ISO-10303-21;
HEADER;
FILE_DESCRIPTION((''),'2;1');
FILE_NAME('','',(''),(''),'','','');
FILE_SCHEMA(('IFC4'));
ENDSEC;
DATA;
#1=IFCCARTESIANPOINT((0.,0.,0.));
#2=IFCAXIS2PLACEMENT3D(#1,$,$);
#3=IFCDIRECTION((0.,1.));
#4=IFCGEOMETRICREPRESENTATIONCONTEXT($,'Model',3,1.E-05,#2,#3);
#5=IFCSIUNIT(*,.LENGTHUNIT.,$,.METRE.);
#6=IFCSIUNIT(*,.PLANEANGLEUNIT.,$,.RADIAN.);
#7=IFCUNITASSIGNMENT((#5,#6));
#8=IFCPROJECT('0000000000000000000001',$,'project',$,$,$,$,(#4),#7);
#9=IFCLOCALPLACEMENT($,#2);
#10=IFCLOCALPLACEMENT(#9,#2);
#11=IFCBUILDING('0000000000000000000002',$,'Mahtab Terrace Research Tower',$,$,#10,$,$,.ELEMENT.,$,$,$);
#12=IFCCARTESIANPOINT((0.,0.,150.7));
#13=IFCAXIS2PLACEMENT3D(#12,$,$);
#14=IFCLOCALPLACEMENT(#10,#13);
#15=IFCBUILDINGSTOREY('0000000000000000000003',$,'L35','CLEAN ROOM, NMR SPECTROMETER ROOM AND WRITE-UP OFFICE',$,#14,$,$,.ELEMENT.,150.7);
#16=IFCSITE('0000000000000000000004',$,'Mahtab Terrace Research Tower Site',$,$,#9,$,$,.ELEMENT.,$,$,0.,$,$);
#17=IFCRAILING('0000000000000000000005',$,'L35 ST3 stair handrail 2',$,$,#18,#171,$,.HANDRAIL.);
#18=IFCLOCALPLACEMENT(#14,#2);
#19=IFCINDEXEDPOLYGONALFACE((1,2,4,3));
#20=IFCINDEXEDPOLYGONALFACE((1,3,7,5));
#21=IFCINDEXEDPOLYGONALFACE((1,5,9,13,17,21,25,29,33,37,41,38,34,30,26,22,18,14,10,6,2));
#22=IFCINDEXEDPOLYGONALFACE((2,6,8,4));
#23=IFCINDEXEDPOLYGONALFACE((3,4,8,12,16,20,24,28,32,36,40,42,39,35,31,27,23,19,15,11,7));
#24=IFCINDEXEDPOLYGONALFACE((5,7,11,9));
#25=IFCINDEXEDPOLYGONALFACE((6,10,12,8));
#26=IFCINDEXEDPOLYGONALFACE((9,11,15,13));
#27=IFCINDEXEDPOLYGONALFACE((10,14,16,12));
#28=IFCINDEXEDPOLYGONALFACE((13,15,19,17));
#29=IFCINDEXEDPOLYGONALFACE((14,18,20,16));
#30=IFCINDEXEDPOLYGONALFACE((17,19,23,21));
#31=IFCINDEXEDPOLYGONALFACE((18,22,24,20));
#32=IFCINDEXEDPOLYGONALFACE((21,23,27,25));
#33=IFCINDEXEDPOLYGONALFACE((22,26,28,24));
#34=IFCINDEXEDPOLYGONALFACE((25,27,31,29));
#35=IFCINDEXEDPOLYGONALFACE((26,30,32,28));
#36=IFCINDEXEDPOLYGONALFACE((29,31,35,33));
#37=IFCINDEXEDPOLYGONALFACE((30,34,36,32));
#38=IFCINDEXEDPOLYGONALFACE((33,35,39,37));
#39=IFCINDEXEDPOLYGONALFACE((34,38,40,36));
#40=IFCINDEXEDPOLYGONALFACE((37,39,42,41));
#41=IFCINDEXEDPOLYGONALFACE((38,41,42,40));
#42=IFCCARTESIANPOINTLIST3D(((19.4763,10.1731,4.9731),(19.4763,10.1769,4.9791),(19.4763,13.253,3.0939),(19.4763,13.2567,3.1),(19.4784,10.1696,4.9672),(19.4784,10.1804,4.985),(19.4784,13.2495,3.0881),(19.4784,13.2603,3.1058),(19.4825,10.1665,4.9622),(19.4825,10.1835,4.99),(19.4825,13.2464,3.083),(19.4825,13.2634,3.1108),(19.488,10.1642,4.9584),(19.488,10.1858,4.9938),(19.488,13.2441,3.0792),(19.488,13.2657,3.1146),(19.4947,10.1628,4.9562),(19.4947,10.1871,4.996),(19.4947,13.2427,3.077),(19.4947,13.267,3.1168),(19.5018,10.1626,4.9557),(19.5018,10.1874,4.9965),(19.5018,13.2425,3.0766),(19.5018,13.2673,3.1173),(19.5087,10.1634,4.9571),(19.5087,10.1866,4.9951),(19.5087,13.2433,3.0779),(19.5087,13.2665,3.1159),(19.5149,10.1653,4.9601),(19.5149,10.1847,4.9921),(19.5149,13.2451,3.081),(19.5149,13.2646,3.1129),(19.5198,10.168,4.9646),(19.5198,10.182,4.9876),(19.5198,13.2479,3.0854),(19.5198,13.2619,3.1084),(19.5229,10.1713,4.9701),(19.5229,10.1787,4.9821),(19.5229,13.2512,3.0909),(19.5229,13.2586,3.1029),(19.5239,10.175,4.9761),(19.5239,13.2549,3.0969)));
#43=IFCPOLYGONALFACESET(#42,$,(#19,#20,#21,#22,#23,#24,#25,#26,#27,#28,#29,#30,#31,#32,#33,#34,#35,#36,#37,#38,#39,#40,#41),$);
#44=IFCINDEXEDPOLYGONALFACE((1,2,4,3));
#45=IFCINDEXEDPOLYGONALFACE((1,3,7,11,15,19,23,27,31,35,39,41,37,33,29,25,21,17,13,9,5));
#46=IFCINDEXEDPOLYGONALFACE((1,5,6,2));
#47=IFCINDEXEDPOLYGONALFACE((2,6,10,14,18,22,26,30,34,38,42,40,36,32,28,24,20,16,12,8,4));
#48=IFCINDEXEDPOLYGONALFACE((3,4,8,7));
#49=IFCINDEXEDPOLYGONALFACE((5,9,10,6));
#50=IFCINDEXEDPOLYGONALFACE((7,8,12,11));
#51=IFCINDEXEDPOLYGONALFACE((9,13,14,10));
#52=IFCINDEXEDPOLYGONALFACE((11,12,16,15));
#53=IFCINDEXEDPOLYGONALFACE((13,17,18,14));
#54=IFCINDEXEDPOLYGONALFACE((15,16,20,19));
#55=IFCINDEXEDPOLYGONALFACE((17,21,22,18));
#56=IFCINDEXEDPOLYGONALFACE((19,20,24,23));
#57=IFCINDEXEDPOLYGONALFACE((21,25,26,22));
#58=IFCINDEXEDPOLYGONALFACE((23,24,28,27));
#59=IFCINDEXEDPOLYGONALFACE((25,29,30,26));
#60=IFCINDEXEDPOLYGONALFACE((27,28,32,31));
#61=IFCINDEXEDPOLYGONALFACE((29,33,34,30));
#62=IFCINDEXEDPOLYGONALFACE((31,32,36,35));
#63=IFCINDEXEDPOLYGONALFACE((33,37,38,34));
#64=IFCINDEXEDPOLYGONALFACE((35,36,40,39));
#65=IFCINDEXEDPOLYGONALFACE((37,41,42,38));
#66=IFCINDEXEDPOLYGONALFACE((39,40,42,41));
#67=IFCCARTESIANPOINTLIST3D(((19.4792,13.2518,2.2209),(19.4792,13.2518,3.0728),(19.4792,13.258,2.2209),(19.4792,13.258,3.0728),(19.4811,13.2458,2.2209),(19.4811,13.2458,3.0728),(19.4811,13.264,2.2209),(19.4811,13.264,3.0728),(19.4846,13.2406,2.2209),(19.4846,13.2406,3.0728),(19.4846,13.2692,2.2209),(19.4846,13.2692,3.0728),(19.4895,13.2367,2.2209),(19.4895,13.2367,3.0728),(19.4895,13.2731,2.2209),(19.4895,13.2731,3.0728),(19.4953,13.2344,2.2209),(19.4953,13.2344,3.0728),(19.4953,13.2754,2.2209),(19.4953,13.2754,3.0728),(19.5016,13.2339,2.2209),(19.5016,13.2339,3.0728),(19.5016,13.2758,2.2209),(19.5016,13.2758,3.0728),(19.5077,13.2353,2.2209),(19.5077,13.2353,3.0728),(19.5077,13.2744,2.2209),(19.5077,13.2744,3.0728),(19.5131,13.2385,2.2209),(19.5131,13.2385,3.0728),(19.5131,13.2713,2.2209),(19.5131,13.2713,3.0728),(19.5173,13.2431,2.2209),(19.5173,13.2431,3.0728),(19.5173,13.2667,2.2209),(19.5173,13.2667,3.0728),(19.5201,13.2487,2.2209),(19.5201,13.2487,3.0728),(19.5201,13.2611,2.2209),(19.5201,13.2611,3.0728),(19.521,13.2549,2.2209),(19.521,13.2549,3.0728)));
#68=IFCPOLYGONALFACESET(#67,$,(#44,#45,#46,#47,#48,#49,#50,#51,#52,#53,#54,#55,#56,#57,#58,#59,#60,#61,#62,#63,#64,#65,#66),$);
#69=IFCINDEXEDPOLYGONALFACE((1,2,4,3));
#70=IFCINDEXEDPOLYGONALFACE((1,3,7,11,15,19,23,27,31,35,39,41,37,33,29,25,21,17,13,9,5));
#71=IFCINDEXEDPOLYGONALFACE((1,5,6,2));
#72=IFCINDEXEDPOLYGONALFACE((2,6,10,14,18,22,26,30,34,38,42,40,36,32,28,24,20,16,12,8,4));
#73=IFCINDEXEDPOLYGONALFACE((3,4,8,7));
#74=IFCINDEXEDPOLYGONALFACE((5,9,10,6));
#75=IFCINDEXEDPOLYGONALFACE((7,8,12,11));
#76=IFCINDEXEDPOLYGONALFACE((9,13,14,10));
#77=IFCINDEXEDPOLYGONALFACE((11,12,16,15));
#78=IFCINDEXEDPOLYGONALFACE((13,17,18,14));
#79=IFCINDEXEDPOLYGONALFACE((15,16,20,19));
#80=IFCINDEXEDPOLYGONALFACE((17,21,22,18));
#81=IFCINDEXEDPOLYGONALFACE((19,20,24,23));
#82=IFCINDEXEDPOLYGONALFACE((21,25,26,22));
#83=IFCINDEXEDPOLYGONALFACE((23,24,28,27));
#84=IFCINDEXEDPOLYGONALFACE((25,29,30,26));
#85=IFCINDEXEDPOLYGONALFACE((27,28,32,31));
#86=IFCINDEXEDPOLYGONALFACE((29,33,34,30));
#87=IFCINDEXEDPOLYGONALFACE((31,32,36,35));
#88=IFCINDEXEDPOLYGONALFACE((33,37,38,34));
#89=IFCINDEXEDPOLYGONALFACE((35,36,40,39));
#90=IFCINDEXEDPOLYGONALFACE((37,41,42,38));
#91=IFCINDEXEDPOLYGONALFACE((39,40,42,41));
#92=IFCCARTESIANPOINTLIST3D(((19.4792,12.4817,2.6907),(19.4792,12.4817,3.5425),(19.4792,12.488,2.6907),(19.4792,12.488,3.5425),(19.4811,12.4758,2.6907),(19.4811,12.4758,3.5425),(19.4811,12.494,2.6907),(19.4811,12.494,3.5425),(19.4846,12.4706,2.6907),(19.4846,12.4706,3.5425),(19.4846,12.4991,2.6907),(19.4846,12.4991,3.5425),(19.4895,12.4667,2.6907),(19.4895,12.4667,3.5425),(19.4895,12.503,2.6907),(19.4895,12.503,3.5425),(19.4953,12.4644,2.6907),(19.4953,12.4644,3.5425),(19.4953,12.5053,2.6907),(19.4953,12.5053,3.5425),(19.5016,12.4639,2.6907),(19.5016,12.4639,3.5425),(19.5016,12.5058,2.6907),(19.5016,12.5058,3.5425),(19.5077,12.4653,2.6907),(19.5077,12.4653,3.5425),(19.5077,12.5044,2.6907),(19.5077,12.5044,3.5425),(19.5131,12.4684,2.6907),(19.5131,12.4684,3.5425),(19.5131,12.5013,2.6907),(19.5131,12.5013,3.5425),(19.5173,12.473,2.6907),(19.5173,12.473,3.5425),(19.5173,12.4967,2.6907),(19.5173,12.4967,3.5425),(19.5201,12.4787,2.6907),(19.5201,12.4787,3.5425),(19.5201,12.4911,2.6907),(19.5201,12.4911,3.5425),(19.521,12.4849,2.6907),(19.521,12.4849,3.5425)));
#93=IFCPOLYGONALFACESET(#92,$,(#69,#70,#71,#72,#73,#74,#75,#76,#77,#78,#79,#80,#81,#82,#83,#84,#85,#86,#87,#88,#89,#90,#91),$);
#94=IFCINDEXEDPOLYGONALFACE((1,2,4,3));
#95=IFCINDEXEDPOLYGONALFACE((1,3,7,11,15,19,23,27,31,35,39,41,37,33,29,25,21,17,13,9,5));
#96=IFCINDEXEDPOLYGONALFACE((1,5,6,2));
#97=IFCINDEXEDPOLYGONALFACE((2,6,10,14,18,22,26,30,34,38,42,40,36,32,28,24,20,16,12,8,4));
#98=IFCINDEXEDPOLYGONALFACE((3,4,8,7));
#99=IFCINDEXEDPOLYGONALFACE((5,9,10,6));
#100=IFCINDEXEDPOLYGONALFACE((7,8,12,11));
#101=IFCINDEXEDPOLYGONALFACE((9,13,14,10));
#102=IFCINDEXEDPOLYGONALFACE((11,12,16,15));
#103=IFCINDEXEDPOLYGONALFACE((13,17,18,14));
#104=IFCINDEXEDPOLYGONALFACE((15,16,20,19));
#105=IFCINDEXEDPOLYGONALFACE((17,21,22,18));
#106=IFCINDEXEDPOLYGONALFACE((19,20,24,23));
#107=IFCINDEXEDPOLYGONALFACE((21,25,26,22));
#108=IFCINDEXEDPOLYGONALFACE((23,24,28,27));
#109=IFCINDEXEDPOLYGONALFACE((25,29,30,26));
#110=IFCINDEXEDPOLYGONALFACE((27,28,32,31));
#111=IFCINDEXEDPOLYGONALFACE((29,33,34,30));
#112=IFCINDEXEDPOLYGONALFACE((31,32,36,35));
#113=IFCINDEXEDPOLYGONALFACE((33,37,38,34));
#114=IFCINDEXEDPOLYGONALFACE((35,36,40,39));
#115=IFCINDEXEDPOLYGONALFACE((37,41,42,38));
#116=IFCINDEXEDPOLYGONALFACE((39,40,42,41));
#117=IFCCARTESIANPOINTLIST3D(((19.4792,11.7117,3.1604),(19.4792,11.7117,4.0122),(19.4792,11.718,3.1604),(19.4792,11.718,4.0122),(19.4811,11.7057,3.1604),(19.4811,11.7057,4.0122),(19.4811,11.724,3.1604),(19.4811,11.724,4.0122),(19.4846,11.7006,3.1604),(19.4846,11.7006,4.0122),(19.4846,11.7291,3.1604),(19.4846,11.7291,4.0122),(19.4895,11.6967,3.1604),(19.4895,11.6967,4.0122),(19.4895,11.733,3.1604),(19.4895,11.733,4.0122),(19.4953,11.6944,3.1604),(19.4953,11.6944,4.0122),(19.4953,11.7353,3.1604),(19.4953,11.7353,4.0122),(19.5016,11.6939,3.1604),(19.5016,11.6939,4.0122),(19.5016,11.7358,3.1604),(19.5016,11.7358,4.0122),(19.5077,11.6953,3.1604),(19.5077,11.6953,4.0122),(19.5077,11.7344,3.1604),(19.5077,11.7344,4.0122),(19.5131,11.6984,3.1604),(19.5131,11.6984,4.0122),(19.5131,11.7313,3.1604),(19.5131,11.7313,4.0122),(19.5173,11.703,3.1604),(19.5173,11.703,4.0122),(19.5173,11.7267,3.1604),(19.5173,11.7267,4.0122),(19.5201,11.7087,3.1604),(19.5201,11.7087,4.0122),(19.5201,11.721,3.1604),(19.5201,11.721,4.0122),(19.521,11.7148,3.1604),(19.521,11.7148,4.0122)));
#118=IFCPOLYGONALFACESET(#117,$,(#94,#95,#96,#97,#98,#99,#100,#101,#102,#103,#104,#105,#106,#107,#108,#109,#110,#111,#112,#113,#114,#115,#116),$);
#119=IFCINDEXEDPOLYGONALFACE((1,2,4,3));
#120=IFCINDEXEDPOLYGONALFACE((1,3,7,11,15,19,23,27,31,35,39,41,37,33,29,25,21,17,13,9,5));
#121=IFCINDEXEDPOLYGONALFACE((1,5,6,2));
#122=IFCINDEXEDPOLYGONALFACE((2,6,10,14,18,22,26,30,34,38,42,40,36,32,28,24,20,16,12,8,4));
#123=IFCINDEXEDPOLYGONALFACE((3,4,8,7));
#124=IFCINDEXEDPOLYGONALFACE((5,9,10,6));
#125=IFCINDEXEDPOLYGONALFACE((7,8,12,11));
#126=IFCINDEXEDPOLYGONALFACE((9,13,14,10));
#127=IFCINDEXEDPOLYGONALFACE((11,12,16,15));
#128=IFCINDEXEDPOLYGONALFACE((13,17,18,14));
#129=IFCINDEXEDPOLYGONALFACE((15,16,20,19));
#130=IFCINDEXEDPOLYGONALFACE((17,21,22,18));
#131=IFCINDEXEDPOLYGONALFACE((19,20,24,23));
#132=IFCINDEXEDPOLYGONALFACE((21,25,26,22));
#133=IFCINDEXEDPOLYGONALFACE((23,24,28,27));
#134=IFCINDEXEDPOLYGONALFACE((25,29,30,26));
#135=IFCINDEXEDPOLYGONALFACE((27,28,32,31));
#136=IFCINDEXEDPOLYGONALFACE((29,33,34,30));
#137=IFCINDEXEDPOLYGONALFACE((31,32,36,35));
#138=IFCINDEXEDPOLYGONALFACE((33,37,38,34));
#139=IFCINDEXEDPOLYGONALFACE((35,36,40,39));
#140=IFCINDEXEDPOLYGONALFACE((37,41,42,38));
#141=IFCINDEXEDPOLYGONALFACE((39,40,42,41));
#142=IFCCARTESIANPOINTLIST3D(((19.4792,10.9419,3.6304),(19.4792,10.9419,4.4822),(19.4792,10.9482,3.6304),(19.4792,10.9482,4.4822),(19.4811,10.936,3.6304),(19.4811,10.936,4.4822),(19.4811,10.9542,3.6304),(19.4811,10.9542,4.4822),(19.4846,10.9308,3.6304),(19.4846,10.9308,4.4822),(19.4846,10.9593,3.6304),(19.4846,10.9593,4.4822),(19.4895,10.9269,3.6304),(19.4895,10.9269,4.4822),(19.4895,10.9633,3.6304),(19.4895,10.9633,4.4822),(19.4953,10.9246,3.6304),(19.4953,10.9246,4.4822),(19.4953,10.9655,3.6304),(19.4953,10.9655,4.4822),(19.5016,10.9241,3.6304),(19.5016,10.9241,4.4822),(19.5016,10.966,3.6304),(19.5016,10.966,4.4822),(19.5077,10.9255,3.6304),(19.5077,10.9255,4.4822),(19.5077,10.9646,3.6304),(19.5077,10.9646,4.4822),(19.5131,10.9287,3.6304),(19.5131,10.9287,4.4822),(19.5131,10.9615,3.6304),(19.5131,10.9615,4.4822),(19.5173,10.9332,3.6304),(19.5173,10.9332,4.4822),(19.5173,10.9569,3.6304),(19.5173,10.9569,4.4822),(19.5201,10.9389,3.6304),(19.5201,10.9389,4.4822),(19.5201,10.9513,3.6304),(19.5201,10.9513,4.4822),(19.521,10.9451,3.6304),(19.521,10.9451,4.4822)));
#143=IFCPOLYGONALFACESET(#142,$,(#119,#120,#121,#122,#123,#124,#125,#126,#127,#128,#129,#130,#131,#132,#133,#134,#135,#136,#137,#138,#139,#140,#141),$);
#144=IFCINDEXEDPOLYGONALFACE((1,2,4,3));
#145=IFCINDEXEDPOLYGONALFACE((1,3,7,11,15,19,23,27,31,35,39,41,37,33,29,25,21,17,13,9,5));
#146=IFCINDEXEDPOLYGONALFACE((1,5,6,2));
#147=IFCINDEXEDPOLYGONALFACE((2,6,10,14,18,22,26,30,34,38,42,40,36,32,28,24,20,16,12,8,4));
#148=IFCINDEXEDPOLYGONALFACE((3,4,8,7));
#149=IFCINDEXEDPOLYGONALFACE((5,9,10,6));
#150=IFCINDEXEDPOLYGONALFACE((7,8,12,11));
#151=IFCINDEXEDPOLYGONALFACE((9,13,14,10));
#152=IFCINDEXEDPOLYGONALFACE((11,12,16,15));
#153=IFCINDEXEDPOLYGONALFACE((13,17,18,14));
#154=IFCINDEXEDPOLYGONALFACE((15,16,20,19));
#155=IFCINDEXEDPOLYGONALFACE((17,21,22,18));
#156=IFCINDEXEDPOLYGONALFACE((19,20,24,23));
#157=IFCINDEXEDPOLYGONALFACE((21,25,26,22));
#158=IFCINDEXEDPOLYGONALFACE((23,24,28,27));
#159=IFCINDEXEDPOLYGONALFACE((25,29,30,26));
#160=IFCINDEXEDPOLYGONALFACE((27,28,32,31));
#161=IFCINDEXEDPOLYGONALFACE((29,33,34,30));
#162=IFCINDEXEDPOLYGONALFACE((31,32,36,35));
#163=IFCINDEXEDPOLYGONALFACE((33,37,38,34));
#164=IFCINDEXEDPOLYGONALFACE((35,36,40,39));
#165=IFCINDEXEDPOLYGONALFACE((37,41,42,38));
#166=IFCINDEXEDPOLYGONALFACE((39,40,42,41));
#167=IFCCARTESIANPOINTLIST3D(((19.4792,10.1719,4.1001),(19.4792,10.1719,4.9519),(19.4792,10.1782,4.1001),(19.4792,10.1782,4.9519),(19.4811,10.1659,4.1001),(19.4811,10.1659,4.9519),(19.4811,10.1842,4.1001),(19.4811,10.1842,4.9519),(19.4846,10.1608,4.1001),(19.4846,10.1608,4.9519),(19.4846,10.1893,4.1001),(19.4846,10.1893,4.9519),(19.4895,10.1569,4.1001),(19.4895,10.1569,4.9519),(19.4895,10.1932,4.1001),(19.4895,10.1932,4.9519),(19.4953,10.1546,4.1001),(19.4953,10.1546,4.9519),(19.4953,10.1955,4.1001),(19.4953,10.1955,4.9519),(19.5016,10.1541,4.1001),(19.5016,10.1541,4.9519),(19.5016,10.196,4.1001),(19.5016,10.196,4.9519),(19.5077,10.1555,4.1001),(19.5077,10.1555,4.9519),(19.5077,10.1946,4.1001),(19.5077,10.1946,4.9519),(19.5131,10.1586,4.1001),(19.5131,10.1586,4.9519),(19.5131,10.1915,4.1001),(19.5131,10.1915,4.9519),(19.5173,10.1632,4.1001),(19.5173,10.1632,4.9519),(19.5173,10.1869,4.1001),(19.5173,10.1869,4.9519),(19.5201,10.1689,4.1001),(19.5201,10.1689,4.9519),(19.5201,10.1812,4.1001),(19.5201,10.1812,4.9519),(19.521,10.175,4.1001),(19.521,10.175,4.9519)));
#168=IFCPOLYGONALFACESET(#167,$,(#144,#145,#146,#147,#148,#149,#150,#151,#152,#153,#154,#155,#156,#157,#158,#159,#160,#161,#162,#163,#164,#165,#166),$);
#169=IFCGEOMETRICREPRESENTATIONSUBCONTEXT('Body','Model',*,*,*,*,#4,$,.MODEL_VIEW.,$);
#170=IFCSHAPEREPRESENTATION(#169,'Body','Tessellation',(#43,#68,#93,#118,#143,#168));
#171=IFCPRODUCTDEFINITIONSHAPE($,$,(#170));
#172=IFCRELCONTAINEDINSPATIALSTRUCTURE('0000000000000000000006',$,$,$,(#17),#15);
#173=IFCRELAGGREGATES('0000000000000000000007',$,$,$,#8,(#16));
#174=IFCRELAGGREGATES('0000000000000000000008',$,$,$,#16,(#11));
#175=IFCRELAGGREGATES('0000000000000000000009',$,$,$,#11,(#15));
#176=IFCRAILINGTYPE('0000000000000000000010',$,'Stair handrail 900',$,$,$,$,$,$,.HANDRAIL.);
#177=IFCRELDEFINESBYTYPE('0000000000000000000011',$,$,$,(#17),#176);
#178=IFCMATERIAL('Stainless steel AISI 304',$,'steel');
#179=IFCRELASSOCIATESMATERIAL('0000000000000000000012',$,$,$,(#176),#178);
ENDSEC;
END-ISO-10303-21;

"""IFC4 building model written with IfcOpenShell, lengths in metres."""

from ifc_helpers import new_model, si_unit, direction, frame, origin, origin_2d, place, context, subcontext, project, spatial, circle, extrude, material, type_object, element, save


model = new_model("IFC4")

# Units and contexts
model_context = context("Model", 3, precision=1e-05, world=origin(), true_north=direction((0.0, 1.0)))
body_context = subcontext(model_context, "Body", "Model", "MODEL_VIEW")
ifc_project = project(units=[si_unit("LENGTHUNIT", "METRE"), si_unit("PLANEANGLEUNIT", "RADIAN")], contexts=[model_context])

# Site, building, storey
site_placement = place(None, origin())
site = spatial("IfcSite", under=ifc_project, at=site_placement, Name="Mahtab Terrace Research Tower Site", CompositionType="ELEMENT", RefElevation=0.0)
building_placement = place(site_placement, origin())
building = spatial("IfcBuilding", under=site, at=building_placement, Name="Mahtab Terrace Research Tower", CompositionType="ELEMENT")
storey_placement = place(building_placement, frame((0.0, 0.0, 150.7)))
storey = spatial("IfcBuildingStorey", under=building, at=storey_placement, Name="L35", Description="CLEAN ROOM, NMR SPECTROMETER ROOM AND WRITE-UP OFFICE", CompositionType="ELEMENT", Elevation=150.7)

# Railing
ifc_material_1 = material(Name="Stainless steel AISI 304", Category="steel")
railing_type_1 = type_object("IfcRailingType", Name="Stair handrail 900", PredefinedType="HANDRAIL", material=ifc_material_1)
railing_1_placement = place(storey_placement, frame((19.5, 13.2549, 2.2209)))
element("IfcRailing", 1, at=railing_1_placement, inside=storey, type_object=railing_type_1, Name="L35 ST3 stair handrail 2", PredefinedType="HANDRAIL", context=body_context, shape_type="SweptSolid", body=[
    extrude(circle(Radius=0.0239, at=origin_2d()), frame((0.0, 0.0, 0.876), z_axis=(0.0, -0.853648, 0.52085), x_axis=(1.0, 0.0, 0.0)), (0.0, 0.0, 1.0), 3.6079),
    extrude(circle(Radius=0.021, at=origin_2d()), origin(), (0.0, 0.0, 1.0), 0.8518),
    extrude(circle(Radius=0.021, at=origin_2d()), frame((0.0, -0.77, 0.4697)), (0.0, 0.0, 1.0), 0.8518),
    extrude(circle(Radius=0.021, at=origin_2d()), frame((0.0, -1.54, 0.9395)), (0.0, 0.0, 1.0), 0.8518),
    extrude(circle(Radius=0.021, at=origin_2d()), frame((0.0, -2.3098, 1.4094)), (0.0, 0.0, 1.0), 0.8518),
    extrude(circle(Radius=0.021, at=origin_2d()), frame((0.0, -3.0798, 1.8792)), (0.0, 0.0, 1.0), 0.8518),
])

save(model, "model.ifc")
